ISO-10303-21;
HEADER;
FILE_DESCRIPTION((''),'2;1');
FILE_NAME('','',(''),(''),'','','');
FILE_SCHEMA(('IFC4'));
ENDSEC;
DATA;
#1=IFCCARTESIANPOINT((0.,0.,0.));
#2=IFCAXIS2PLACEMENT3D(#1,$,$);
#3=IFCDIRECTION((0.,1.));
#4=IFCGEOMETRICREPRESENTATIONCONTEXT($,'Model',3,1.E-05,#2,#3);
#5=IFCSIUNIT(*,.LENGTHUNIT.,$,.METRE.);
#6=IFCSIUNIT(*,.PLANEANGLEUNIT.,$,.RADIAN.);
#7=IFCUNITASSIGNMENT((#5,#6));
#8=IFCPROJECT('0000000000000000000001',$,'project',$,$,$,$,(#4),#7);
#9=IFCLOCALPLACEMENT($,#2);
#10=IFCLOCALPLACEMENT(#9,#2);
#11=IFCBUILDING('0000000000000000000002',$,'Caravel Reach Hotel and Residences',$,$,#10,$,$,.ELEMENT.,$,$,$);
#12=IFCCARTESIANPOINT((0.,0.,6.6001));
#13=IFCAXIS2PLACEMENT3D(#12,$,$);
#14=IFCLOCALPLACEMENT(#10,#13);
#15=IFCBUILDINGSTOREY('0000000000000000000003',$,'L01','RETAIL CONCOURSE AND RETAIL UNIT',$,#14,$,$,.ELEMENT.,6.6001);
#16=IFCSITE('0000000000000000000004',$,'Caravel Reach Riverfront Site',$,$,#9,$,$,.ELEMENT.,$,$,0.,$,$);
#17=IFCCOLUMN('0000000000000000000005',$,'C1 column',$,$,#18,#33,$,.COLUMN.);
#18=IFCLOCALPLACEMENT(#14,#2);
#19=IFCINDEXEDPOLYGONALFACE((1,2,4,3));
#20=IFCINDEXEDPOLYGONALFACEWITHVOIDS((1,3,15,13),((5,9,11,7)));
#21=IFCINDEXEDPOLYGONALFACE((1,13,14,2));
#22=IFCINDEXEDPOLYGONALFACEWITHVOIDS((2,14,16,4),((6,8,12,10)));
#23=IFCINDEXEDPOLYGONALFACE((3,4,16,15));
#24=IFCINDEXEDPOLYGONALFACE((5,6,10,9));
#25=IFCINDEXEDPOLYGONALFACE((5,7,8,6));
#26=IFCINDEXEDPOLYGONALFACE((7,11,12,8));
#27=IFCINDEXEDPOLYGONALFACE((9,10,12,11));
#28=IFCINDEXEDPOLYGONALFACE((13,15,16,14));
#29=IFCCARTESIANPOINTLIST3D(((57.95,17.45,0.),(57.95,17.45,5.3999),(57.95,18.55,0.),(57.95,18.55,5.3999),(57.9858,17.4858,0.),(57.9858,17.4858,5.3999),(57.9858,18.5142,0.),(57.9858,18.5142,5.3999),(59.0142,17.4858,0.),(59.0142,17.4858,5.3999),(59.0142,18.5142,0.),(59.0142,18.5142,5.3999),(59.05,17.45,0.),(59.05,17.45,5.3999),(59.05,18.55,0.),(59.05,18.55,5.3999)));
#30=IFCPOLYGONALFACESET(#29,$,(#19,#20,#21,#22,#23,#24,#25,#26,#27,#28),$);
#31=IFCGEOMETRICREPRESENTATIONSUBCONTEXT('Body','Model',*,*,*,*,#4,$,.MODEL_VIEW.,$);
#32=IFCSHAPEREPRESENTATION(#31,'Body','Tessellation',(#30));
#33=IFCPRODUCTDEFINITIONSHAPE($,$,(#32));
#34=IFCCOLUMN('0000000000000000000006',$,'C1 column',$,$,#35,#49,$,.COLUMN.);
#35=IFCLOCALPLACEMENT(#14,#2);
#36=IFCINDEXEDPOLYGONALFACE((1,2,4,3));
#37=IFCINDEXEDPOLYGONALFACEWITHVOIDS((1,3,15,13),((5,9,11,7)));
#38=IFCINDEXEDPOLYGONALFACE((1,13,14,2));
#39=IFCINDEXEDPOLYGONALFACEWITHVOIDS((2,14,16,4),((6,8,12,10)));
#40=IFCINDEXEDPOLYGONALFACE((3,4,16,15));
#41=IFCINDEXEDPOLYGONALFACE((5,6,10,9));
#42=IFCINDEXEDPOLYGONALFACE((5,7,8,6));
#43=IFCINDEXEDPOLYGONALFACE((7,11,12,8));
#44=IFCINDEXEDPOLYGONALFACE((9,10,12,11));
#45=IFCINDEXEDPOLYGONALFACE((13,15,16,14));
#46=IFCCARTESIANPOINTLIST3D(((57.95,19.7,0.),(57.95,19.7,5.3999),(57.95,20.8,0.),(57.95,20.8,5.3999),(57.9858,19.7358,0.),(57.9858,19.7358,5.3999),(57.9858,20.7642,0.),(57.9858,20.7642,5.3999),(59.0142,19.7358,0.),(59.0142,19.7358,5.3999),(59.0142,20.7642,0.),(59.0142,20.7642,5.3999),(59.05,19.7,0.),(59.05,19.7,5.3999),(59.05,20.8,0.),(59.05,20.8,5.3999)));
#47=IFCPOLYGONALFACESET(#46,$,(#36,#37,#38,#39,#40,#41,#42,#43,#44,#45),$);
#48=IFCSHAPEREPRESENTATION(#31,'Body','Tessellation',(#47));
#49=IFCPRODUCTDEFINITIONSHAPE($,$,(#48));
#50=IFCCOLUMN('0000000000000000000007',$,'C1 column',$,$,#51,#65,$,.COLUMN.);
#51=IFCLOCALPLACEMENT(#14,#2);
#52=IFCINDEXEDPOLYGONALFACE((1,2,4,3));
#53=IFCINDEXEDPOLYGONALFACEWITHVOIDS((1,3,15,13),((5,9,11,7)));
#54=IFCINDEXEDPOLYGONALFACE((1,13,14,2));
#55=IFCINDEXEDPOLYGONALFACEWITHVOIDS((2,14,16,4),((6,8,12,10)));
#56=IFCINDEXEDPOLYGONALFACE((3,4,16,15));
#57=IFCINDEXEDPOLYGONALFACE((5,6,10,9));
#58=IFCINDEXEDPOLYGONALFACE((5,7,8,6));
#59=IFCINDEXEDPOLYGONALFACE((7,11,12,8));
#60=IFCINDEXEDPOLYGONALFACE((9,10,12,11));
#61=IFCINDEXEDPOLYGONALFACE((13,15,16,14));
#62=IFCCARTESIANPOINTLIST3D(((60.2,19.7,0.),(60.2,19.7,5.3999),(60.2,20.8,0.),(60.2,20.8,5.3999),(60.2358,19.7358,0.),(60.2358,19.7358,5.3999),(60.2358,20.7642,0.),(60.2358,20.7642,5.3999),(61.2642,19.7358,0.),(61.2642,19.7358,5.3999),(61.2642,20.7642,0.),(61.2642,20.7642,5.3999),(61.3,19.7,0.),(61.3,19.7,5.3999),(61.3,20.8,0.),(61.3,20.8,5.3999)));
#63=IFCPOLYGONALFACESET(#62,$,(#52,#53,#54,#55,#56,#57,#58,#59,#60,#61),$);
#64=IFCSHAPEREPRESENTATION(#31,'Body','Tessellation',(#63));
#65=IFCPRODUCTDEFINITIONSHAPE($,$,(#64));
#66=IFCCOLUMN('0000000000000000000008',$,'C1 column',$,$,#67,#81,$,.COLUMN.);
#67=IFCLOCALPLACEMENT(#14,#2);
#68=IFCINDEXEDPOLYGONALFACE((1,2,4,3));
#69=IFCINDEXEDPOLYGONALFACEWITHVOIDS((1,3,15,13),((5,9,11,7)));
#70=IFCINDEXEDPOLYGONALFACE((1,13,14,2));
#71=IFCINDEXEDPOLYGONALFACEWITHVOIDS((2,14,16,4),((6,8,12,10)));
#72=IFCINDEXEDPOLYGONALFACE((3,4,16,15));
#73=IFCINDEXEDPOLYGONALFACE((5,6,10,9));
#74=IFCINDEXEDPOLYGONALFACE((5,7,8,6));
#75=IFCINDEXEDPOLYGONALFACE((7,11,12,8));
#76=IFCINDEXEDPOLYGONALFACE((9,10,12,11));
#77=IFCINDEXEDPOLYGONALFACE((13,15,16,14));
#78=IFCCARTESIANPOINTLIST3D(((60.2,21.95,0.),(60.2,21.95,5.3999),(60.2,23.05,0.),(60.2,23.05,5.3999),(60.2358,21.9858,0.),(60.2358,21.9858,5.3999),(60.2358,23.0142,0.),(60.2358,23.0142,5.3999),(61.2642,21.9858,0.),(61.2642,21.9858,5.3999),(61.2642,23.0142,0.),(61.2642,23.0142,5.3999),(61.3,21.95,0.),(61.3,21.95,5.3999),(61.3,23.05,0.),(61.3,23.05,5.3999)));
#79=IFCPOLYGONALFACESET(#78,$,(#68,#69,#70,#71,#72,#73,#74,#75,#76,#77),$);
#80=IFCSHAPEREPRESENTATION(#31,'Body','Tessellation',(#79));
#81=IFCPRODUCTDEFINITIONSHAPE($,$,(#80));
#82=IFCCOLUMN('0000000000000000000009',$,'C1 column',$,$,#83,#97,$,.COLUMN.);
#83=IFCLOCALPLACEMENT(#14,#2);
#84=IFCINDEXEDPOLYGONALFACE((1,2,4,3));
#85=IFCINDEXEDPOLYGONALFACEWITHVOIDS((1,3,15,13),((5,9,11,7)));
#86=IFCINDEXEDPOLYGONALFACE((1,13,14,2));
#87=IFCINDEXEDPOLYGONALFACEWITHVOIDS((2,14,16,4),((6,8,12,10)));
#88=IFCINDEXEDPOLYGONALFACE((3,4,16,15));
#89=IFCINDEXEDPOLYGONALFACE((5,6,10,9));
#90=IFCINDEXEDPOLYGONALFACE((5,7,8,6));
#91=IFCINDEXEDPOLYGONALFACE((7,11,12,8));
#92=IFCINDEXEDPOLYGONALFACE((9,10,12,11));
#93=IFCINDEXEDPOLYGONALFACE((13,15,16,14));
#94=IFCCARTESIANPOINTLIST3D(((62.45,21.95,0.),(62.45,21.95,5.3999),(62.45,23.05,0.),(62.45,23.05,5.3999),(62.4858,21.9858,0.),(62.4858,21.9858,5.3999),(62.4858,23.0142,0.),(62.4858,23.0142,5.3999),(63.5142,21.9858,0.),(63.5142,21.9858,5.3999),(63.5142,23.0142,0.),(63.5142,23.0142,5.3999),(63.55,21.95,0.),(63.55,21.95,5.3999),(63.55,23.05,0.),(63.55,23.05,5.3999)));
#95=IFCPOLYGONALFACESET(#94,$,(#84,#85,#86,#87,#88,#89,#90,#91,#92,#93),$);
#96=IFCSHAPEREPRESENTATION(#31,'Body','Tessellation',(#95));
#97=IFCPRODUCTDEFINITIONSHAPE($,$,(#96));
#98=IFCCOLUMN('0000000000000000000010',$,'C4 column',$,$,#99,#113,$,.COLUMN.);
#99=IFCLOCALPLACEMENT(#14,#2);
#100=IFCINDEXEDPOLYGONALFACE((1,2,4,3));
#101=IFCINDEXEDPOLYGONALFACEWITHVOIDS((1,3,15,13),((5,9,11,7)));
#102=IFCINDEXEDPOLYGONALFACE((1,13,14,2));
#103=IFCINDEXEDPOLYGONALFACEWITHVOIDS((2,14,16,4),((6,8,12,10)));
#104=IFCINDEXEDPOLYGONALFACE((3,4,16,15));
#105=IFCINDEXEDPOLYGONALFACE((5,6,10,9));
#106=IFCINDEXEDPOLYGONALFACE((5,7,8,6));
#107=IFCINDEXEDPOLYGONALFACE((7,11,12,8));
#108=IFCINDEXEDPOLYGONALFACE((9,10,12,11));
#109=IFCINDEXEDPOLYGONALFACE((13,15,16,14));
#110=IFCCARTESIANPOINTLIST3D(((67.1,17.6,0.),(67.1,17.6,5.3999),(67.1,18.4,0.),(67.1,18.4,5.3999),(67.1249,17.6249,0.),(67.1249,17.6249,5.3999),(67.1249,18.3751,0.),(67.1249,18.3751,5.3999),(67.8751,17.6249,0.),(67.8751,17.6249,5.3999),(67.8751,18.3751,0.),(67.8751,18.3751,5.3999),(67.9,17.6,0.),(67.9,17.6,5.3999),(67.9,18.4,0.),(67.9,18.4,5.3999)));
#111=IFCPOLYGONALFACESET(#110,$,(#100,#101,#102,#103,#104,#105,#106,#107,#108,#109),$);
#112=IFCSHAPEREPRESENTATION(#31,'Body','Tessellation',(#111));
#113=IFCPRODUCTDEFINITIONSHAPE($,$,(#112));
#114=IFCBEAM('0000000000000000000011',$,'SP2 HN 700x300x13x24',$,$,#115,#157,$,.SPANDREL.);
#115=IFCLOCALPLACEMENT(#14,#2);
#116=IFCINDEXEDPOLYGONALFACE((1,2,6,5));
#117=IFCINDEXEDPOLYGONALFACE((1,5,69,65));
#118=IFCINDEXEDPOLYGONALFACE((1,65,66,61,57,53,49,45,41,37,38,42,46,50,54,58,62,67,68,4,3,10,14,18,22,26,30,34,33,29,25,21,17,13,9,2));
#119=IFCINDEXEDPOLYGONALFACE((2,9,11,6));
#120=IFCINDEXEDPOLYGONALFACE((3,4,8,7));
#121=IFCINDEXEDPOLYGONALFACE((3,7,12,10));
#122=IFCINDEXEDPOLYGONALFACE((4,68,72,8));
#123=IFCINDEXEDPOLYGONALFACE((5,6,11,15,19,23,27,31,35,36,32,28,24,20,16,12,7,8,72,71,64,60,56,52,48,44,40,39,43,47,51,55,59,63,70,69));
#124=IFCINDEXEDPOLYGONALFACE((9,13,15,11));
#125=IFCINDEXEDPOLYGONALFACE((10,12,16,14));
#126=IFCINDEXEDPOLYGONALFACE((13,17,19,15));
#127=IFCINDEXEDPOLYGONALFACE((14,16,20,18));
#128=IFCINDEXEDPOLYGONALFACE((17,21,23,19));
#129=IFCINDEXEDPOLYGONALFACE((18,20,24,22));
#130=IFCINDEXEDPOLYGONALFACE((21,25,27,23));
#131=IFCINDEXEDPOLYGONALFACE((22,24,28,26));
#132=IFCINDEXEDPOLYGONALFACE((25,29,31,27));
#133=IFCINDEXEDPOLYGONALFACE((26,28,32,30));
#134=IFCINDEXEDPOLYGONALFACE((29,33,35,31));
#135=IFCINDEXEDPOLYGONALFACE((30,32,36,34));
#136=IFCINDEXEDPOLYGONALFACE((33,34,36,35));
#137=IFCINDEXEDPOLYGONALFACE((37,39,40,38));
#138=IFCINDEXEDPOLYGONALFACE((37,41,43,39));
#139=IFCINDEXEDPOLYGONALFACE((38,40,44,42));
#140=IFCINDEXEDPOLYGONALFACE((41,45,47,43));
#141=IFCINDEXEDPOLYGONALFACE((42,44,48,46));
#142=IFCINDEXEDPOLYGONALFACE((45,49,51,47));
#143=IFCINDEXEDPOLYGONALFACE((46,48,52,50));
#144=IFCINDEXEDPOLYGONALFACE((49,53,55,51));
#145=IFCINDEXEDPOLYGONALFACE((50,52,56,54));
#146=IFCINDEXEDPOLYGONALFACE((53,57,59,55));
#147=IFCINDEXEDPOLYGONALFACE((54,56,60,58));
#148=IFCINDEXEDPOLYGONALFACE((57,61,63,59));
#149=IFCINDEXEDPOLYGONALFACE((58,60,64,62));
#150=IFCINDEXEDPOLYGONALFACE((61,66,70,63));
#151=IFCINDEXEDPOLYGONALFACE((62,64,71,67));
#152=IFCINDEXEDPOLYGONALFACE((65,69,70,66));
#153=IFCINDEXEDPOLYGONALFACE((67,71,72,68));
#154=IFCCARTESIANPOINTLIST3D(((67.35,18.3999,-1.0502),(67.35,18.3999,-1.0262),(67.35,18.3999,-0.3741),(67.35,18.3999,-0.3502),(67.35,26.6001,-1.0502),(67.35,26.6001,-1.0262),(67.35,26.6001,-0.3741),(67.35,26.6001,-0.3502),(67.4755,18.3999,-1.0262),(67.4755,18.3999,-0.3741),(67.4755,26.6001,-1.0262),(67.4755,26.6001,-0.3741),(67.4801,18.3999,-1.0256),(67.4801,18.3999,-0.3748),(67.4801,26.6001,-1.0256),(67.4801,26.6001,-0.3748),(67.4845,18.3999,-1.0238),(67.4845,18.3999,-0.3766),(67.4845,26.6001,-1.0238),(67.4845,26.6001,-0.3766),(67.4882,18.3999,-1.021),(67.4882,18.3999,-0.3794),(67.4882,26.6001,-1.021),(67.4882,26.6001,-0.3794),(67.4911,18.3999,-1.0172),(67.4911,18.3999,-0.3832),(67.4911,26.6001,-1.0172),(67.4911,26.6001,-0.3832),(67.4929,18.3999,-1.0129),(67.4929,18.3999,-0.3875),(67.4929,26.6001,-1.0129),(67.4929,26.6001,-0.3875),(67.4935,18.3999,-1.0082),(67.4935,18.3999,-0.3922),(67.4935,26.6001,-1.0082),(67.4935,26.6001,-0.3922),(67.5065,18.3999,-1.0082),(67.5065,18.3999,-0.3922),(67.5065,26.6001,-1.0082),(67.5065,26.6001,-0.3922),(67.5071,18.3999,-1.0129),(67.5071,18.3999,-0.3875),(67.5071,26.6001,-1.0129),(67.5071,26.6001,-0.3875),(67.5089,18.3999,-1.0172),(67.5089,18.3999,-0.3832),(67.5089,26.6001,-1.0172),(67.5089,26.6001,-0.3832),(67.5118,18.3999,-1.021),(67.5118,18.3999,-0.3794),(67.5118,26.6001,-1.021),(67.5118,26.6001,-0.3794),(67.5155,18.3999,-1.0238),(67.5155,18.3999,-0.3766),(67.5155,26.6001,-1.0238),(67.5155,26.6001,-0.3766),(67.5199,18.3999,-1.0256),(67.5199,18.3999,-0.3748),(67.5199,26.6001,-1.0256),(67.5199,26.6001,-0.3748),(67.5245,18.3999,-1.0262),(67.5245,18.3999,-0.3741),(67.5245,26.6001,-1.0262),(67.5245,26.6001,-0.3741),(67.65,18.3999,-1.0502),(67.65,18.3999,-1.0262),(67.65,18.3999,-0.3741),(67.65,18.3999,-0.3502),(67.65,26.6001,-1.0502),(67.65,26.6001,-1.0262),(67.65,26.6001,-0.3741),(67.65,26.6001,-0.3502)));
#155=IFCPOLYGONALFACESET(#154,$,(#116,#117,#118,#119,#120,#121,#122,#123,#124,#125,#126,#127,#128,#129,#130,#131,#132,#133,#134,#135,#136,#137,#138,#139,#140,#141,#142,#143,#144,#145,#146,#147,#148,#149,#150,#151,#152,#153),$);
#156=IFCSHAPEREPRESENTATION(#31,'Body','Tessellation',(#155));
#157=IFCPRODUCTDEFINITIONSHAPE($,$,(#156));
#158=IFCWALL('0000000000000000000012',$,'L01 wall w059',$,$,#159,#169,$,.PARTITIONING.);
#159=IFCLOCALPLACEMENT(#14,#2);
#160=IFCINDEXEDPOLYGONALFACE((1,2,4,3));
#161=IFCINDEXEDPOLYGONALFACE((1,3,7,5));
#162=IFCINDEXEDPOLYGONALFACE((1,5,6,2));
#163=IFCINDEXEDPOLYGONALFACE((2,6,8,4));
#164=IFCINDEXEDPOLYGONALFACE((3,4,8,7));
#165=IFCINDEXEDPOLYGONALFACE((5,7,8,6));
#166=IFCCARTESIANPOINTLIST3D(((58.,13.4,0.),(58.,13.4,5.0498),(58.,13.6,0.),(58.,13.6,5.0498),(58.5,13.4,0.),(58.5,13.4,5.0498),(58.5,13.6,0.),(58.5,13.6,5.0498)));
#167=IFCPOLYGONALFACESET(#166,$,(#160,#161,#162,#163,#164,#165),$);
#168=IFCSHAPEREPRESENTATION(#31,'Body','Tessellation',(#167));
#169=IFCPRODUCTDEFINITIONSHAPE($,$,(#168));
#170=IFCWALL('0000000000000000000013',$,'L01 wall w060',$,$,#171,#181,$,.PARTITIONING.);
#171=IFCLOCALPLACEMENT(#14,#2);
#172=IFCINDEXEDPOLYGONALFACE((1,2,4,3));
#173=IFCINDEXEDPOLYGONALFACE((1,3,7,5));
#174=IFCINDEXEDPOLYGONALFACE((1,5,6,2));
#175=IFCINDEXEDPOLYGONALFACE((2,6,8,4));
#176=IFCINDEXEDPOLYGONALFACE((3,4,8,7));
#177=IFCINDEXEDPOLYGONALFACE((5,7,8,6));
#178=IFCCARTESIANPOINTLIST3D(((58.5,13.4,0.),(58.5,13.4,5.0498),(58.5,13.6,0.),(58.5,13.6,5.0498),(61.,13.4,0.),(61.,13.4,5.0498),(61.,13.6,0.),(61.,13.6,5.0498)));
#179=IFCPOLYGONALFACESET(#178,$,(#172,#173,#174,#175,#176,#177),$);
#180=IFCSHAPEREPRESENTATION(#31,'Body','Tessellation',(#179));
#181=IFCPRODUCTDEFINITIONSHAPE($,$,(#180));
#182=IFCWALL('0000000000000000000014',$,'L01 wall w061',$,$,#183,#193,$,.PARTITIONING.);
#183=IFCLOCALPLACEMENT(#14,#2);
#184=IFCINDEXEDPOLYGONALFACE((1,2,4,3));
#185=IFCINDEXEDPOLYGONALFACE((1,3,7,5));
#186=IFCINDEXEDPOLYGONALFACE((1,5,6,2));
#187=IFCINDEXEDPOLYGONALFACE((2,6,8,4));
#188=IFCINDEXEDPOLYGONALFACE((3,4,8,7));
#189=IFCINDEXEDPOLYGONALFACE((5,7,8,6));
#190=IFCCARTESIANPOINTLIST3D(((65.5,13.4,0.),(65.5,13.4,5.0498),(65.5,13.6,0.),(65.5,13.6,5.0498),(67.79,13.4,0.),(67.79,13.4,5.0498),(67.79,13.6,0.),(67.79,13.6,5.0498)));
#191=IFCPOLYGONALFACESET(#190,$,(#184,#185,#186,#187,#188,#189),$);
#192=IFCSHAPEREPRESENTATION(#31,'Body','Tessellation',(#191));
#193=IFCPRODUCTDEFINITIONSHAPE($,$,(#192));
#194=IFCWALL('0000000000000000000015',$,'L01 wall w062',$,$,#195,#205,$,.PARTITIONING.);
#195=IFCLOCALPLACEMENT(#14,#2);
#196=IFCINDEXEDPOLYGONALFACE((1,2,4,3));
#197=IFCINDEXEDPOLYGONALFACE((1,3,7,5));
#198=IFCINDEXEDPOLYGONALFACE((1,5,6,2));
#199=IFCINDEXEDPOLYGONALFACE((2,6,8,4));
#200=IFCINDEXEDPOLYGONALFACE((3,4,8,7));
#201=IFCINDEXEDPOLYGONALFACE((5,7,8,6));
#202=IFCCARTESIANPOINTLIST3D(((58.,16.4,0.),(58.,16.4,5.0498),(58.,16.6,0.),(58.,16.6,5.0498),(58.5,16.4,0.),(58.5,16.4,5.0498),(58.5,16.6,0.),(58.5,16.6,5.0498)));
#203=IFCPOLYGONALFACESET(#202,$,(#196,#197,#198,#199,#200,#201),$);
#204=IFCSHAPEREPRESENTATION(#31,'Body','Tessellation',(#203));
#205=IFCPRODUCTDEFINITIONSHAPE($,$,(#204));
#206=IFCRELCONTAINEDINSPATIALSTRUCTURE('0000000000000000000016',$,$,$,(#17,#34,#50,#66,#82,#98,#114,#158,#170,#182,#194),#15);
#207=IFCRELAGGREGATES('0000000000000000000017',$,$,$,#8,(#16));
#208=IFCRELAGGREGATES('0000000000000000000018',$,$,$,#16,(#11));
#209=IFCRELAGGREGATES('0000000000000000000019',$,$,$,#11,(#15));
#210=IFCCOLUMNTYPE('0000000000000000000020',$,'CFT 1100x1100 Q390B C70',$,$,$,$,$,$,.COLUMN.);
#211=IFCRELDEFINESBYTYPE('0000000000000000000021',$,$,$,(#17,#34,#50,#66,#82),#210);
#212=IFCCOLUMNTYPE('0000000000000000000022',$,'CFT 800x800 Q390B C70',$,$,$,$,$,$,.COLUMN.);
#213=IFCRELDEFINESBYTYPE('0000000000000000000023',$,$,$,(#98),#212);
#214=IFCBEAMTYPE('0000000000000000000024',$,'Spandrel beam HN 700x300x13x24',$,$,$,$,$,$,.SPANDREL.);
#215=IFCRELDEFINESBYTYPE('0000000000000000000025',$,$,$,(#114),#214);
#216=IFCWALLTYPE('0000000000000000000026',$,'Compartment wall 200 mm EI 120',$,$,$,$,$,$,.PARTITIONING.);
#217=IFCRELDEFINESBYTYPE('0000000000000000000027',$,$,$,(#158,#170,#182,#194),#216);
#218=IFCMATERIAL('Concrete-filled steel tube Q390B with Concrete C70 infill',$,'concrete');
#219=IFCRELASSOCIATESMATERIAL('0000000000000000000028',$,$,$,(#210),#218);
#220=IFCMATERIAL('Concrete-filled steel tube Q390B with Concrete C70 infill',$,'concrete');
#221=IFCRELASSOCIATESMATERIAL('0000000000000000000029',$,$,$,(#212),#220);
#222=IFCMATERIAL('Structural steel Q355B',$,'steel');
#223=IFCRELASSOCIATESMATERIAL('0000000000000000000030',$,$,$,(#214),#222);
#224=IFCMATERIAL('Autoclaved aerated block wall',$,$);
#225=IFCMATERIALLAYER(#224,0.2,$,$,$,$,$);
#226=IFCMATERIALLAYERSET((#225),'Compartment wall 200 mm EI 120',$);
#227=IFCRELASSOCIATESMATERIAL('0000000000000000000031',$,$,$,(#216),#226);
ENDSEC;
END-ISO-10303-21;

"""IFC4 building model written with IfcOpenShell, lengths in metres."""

from ifc_helpers import new_model, si_unit, direction, frame, frame_2d, origin, origin_2d, place, context, subcontext, project, spatial, rectangle, hollow_rectangle, i_section, extrude, material, layer, layer_set, material_profile, profile_set, type_object, element, save


model = new_model("IFC4")

# Units and contexts
model_context = context("Model", 3, precision=1e-05, world=origin(), true_north=direction((0.0, 1.0)))
body_context = subcontext(model_context, "Body", "Model", "MODEL_VIEW")
ifc_project = project(units=[si_unit("LENGTHUNIT", "METRE"), si_unit("PLANEANGLEUNIT", "RADIAN")], contexts=[model_context])

# Site, building, storey
site_placement = place(None, origin())
site = spatial("IfcSite", under=ifc_project, at=site_placement, Name="Caravel Reach Riverfront Site", CompositionType="ELEMENT", RefElevation=0.0)
building_placement = place(site_placement, origin())
building = spatial("IfcBuilding", under=site, at=building_placement, Name="Caravel Reach Hotel and Residences", CompositionType="ELEMENT")
storey_placement = place(building_placement, frame((0.0, 0.0, 6.6001)))
storey = spatial("IfcBuildingStorey", under=building, at=storey_placement, Name="L01", Description="RETAIL CONCOURSE AND RETAIL UNIT", CompositionType="ELEMENT", Elevation=6.6001)

# Columns
ifc_material_1 = material(Name="Concrete-filled steel tube Q390B with Concrete C70 infill", Category="concrete")
ifc_material_profile_1 = material_profile(ifc_material_1, hollow_rectangle(XDim=1.1001, YDim=1.1001, WallThickness=0.0359, at=origin_2d()), Name="RHS 1100x1100x36")
ifc_profile_set_1 = profile_set([ifc_material_profile_1], Name="Concrete-filled steel tube Q390B with Concrete C70 infill")
column_type_1 = type_object("IfcColumnType", Name="CFT 1100x1100 Q390B C70", PredefinedType="COLUMN", material=ifc_profile_set_1)
for number, where, z_axis, x_axis, name in (
    (1, (58.5, 18.0, 0.0), (0.0, 0.0, 1.0), (1.0, 0.0, 0.0), "C1 column"),
    (2, (58.5, 20.25, 0.0), (0.0, 0.0, 1.0), (1.0, 0.0, 0.0), "C1 column"),
    (3, (60.75, 20.25, 0.0), (0.0, 0.0, 1.0), (1.0, 0.0, 0.0), "C1 column"),
    (4, (60.75, 22.5, 0.0), (0.0, 0.0, 1.0), (1.0, 0.0, 0.0), "C1 column"),
    (5, (63.0, 22.5, 0.0), (0.0, 0.0, 1.0), (1.0, 0.0, 0.0), "C1 column"),
):
    element("IfcColumn", number, at=place(storey_placement, frame(where, z_axis=z_axis, x_axis=x_axis)), inside=storey, type_object=column_type_1, Name=name, PredefinedType="COLUMN", context=body_context, shape_type="SweptSolid", body=[
        extrude(hollow_rectangle(XDim=1.1001, YDim=1.1001, WallThickness=0.0359, at=origin_2d()), origin(), (0.0, 0.0, 1.0), 5.3999),
    ])
ifc_material_2 = material(Name="Concrete-filled steel tube Q390B with Concrete C70 infill", Category="concrete")
ifc_material_profile_2 = material_profile(ifc_material_2, hollow_rectangle(XDim=0.8, YDim=0.8, WallThickness=0.0249, at=origin_2d()), Name="RHS 800x800x25")
ifc_profile_set_2 = profile_set([ifc_material_profile_2], Name="Concrete-filled steel tube Q390B with Concrete C70 infill")
column_type_2 = type_object("IfcColumnType", Name="CFT 800x800 Q390B C70", PredefinedType="COLUMN", material=ifc_profile_set_2)
column_placement = place(storey_placement, frame((67.5, 18.0, 0.0), z_axis=(0.0, 0.0, 1.0), x_axis=(1.0, 0.0, 0.0)))
element("IfcColumn", 6, at=column_placement, inside=storey, type_object=column_type_2, Name="C4 column", PredefinedType="COLUMN", context=body_context, shape_type="SweptSolid", body=[
    extrude(hollow_rectangle(XDim=0.8, YDim=0.8, WallThickness=0.0249, at=origin_2d()), origin(), (0.0, 0.0, 1.0), 5.3999),
])

# Beam
ifc_material_3 = material(Name="Structural steel Q355B", Category="steel")
ifc_material_profile_3 = material_profile(ifc_material_3, i_section(OverallWidth=0.3, OverallDepth=0.7, WebThickness=0.0129, FlangeThickness=0.0239, FilletRadius=0.0181, at=origin_2d()), Name="HN 700x300x13x24")
ifc_profile_set_3 = profile_set([ifc_material_profile_3], Name="Structural steel Q355B")
beam_type = type_object("IfcBeamType", Name="Spandrel beam HN 700x300x13x24", PredefinedType="SPANDREL", material=ifc_profile_set_3)
beam_placement = place(storey_placement, frame((67.5, 18.3999, -0.7002), z_axis=(0.0, 1.0, 0.0), x_axis=(-1.0, 0.0, 0.0)))
element("IfcBeam", 7, at=beam_placement, inside=storey, type_object=beam_type, Name="SP2 HN 700x300x13x24", PredefinedType="SPANDREL", context=body_context, shape_type="SweptSolid", body=[
    extrude(i_section(OverallWidth=0.3, OverallDepth=0.7, WebThickness=0.0129, FlangeThickness=0.0239, FilletRadius=0.0181, at=origin_2d()), origin(), (0.0, 0.0, 1.0), 8.2002),
])

# Walls
ifc_material_4 = material(Name="Autoclaved aerated block wall")
ifc_layer_1 = layer(ifc_material_4, 0.2)
ifc_layer_set_1 = layer_set([ifc_layer_1], Name="Compartment wall 200 mm EI 120")
wall_type_1 = type_object("IfcWallType", Name="Compartment wall 200 mm EI 120", PredefinedType="PARTITIONING", material=ifc_layer_set_1)
wall_1_placement = place(storey_placement, frame((58.0, 13.5, 0.0), z_axis=(0.0, 0.0, 1.0), x_axis=(1.0, 0.0, 0.0)))
element("IfcWall", 8, at=wall_1_placement, inside=storey, type_object=wall_type_1, Name="L01 wall w059", PredefinedType="PARTITIONING", context=body_context, shape_type="SweptSolid", body=[
    extrude(rectangle(XDim=0.5, YDim=0.2, at=frame_2d((0.25, 0.0))), origin(), (0.0, 0.0, 1.0), 5.0498),
])
wall_2_placement = place(storey_placement, frame((58.5, 13.5, 0.0), z_axis=(0.0, 0.0, 1.0), x_axis=(1.0, 0.0, 0.0)))
element("IfcWall", 9, at=wall_2_placement, inside=storey, type_object=wall_type_1, Name="L01 wall w060", PredefinedType="PARTITIONING", context=body_context, shape_type="SweptSolid", body=[
    extrude(rectangle(XDim=2.5, YDim=0.2, at=frame_2d((1.25, 0.0))), origin(), (0.0, 0.0, 1.0), 5.0498),
])
wall_3_placement = place(storey_placement, frame((65.5, 13.5, 0.0), z_axis=(0.0, 0.0, 1.0), x_axis=(1.0, 0.0, 0.0)))
element("IfcWall", 10, at=wall_3_placement, inside=storey, type_object=wall_type_1, Name="L01 wall w061", PredefinedType="PARTITIONING", context=body_context, shape_type="SweptSolid", body=[
    extrude(rectangle(XDim=2.29, YDim=0.2, at=frame_2d((1.145, 0.0))), origin(), (0.0, 0.0, 1.0), 5.0498),
])
wall_4_placement = place(storey_placement, frame((58.0, 16.5, 0.0), z_axis=(0.0, 0.0, 1.0), x_axis=(1.0, 0.0, 0.0)))
element("IfcWall", 11, at=wall_4_placement, inside=storey, type_object=wall_type_1, Name="L01 wall w062", PredefinedType="PARTITIONING", context=body_context, shape_type="SweptSolid", body=[
    extrude(rectangle(XDim=0.5, YDim=0.2, at=frame_2d((0.25, 0.0))), origin(), (0.0, 0.0, 1.0), 5.0498),
])

save(model, "model.ifc")
